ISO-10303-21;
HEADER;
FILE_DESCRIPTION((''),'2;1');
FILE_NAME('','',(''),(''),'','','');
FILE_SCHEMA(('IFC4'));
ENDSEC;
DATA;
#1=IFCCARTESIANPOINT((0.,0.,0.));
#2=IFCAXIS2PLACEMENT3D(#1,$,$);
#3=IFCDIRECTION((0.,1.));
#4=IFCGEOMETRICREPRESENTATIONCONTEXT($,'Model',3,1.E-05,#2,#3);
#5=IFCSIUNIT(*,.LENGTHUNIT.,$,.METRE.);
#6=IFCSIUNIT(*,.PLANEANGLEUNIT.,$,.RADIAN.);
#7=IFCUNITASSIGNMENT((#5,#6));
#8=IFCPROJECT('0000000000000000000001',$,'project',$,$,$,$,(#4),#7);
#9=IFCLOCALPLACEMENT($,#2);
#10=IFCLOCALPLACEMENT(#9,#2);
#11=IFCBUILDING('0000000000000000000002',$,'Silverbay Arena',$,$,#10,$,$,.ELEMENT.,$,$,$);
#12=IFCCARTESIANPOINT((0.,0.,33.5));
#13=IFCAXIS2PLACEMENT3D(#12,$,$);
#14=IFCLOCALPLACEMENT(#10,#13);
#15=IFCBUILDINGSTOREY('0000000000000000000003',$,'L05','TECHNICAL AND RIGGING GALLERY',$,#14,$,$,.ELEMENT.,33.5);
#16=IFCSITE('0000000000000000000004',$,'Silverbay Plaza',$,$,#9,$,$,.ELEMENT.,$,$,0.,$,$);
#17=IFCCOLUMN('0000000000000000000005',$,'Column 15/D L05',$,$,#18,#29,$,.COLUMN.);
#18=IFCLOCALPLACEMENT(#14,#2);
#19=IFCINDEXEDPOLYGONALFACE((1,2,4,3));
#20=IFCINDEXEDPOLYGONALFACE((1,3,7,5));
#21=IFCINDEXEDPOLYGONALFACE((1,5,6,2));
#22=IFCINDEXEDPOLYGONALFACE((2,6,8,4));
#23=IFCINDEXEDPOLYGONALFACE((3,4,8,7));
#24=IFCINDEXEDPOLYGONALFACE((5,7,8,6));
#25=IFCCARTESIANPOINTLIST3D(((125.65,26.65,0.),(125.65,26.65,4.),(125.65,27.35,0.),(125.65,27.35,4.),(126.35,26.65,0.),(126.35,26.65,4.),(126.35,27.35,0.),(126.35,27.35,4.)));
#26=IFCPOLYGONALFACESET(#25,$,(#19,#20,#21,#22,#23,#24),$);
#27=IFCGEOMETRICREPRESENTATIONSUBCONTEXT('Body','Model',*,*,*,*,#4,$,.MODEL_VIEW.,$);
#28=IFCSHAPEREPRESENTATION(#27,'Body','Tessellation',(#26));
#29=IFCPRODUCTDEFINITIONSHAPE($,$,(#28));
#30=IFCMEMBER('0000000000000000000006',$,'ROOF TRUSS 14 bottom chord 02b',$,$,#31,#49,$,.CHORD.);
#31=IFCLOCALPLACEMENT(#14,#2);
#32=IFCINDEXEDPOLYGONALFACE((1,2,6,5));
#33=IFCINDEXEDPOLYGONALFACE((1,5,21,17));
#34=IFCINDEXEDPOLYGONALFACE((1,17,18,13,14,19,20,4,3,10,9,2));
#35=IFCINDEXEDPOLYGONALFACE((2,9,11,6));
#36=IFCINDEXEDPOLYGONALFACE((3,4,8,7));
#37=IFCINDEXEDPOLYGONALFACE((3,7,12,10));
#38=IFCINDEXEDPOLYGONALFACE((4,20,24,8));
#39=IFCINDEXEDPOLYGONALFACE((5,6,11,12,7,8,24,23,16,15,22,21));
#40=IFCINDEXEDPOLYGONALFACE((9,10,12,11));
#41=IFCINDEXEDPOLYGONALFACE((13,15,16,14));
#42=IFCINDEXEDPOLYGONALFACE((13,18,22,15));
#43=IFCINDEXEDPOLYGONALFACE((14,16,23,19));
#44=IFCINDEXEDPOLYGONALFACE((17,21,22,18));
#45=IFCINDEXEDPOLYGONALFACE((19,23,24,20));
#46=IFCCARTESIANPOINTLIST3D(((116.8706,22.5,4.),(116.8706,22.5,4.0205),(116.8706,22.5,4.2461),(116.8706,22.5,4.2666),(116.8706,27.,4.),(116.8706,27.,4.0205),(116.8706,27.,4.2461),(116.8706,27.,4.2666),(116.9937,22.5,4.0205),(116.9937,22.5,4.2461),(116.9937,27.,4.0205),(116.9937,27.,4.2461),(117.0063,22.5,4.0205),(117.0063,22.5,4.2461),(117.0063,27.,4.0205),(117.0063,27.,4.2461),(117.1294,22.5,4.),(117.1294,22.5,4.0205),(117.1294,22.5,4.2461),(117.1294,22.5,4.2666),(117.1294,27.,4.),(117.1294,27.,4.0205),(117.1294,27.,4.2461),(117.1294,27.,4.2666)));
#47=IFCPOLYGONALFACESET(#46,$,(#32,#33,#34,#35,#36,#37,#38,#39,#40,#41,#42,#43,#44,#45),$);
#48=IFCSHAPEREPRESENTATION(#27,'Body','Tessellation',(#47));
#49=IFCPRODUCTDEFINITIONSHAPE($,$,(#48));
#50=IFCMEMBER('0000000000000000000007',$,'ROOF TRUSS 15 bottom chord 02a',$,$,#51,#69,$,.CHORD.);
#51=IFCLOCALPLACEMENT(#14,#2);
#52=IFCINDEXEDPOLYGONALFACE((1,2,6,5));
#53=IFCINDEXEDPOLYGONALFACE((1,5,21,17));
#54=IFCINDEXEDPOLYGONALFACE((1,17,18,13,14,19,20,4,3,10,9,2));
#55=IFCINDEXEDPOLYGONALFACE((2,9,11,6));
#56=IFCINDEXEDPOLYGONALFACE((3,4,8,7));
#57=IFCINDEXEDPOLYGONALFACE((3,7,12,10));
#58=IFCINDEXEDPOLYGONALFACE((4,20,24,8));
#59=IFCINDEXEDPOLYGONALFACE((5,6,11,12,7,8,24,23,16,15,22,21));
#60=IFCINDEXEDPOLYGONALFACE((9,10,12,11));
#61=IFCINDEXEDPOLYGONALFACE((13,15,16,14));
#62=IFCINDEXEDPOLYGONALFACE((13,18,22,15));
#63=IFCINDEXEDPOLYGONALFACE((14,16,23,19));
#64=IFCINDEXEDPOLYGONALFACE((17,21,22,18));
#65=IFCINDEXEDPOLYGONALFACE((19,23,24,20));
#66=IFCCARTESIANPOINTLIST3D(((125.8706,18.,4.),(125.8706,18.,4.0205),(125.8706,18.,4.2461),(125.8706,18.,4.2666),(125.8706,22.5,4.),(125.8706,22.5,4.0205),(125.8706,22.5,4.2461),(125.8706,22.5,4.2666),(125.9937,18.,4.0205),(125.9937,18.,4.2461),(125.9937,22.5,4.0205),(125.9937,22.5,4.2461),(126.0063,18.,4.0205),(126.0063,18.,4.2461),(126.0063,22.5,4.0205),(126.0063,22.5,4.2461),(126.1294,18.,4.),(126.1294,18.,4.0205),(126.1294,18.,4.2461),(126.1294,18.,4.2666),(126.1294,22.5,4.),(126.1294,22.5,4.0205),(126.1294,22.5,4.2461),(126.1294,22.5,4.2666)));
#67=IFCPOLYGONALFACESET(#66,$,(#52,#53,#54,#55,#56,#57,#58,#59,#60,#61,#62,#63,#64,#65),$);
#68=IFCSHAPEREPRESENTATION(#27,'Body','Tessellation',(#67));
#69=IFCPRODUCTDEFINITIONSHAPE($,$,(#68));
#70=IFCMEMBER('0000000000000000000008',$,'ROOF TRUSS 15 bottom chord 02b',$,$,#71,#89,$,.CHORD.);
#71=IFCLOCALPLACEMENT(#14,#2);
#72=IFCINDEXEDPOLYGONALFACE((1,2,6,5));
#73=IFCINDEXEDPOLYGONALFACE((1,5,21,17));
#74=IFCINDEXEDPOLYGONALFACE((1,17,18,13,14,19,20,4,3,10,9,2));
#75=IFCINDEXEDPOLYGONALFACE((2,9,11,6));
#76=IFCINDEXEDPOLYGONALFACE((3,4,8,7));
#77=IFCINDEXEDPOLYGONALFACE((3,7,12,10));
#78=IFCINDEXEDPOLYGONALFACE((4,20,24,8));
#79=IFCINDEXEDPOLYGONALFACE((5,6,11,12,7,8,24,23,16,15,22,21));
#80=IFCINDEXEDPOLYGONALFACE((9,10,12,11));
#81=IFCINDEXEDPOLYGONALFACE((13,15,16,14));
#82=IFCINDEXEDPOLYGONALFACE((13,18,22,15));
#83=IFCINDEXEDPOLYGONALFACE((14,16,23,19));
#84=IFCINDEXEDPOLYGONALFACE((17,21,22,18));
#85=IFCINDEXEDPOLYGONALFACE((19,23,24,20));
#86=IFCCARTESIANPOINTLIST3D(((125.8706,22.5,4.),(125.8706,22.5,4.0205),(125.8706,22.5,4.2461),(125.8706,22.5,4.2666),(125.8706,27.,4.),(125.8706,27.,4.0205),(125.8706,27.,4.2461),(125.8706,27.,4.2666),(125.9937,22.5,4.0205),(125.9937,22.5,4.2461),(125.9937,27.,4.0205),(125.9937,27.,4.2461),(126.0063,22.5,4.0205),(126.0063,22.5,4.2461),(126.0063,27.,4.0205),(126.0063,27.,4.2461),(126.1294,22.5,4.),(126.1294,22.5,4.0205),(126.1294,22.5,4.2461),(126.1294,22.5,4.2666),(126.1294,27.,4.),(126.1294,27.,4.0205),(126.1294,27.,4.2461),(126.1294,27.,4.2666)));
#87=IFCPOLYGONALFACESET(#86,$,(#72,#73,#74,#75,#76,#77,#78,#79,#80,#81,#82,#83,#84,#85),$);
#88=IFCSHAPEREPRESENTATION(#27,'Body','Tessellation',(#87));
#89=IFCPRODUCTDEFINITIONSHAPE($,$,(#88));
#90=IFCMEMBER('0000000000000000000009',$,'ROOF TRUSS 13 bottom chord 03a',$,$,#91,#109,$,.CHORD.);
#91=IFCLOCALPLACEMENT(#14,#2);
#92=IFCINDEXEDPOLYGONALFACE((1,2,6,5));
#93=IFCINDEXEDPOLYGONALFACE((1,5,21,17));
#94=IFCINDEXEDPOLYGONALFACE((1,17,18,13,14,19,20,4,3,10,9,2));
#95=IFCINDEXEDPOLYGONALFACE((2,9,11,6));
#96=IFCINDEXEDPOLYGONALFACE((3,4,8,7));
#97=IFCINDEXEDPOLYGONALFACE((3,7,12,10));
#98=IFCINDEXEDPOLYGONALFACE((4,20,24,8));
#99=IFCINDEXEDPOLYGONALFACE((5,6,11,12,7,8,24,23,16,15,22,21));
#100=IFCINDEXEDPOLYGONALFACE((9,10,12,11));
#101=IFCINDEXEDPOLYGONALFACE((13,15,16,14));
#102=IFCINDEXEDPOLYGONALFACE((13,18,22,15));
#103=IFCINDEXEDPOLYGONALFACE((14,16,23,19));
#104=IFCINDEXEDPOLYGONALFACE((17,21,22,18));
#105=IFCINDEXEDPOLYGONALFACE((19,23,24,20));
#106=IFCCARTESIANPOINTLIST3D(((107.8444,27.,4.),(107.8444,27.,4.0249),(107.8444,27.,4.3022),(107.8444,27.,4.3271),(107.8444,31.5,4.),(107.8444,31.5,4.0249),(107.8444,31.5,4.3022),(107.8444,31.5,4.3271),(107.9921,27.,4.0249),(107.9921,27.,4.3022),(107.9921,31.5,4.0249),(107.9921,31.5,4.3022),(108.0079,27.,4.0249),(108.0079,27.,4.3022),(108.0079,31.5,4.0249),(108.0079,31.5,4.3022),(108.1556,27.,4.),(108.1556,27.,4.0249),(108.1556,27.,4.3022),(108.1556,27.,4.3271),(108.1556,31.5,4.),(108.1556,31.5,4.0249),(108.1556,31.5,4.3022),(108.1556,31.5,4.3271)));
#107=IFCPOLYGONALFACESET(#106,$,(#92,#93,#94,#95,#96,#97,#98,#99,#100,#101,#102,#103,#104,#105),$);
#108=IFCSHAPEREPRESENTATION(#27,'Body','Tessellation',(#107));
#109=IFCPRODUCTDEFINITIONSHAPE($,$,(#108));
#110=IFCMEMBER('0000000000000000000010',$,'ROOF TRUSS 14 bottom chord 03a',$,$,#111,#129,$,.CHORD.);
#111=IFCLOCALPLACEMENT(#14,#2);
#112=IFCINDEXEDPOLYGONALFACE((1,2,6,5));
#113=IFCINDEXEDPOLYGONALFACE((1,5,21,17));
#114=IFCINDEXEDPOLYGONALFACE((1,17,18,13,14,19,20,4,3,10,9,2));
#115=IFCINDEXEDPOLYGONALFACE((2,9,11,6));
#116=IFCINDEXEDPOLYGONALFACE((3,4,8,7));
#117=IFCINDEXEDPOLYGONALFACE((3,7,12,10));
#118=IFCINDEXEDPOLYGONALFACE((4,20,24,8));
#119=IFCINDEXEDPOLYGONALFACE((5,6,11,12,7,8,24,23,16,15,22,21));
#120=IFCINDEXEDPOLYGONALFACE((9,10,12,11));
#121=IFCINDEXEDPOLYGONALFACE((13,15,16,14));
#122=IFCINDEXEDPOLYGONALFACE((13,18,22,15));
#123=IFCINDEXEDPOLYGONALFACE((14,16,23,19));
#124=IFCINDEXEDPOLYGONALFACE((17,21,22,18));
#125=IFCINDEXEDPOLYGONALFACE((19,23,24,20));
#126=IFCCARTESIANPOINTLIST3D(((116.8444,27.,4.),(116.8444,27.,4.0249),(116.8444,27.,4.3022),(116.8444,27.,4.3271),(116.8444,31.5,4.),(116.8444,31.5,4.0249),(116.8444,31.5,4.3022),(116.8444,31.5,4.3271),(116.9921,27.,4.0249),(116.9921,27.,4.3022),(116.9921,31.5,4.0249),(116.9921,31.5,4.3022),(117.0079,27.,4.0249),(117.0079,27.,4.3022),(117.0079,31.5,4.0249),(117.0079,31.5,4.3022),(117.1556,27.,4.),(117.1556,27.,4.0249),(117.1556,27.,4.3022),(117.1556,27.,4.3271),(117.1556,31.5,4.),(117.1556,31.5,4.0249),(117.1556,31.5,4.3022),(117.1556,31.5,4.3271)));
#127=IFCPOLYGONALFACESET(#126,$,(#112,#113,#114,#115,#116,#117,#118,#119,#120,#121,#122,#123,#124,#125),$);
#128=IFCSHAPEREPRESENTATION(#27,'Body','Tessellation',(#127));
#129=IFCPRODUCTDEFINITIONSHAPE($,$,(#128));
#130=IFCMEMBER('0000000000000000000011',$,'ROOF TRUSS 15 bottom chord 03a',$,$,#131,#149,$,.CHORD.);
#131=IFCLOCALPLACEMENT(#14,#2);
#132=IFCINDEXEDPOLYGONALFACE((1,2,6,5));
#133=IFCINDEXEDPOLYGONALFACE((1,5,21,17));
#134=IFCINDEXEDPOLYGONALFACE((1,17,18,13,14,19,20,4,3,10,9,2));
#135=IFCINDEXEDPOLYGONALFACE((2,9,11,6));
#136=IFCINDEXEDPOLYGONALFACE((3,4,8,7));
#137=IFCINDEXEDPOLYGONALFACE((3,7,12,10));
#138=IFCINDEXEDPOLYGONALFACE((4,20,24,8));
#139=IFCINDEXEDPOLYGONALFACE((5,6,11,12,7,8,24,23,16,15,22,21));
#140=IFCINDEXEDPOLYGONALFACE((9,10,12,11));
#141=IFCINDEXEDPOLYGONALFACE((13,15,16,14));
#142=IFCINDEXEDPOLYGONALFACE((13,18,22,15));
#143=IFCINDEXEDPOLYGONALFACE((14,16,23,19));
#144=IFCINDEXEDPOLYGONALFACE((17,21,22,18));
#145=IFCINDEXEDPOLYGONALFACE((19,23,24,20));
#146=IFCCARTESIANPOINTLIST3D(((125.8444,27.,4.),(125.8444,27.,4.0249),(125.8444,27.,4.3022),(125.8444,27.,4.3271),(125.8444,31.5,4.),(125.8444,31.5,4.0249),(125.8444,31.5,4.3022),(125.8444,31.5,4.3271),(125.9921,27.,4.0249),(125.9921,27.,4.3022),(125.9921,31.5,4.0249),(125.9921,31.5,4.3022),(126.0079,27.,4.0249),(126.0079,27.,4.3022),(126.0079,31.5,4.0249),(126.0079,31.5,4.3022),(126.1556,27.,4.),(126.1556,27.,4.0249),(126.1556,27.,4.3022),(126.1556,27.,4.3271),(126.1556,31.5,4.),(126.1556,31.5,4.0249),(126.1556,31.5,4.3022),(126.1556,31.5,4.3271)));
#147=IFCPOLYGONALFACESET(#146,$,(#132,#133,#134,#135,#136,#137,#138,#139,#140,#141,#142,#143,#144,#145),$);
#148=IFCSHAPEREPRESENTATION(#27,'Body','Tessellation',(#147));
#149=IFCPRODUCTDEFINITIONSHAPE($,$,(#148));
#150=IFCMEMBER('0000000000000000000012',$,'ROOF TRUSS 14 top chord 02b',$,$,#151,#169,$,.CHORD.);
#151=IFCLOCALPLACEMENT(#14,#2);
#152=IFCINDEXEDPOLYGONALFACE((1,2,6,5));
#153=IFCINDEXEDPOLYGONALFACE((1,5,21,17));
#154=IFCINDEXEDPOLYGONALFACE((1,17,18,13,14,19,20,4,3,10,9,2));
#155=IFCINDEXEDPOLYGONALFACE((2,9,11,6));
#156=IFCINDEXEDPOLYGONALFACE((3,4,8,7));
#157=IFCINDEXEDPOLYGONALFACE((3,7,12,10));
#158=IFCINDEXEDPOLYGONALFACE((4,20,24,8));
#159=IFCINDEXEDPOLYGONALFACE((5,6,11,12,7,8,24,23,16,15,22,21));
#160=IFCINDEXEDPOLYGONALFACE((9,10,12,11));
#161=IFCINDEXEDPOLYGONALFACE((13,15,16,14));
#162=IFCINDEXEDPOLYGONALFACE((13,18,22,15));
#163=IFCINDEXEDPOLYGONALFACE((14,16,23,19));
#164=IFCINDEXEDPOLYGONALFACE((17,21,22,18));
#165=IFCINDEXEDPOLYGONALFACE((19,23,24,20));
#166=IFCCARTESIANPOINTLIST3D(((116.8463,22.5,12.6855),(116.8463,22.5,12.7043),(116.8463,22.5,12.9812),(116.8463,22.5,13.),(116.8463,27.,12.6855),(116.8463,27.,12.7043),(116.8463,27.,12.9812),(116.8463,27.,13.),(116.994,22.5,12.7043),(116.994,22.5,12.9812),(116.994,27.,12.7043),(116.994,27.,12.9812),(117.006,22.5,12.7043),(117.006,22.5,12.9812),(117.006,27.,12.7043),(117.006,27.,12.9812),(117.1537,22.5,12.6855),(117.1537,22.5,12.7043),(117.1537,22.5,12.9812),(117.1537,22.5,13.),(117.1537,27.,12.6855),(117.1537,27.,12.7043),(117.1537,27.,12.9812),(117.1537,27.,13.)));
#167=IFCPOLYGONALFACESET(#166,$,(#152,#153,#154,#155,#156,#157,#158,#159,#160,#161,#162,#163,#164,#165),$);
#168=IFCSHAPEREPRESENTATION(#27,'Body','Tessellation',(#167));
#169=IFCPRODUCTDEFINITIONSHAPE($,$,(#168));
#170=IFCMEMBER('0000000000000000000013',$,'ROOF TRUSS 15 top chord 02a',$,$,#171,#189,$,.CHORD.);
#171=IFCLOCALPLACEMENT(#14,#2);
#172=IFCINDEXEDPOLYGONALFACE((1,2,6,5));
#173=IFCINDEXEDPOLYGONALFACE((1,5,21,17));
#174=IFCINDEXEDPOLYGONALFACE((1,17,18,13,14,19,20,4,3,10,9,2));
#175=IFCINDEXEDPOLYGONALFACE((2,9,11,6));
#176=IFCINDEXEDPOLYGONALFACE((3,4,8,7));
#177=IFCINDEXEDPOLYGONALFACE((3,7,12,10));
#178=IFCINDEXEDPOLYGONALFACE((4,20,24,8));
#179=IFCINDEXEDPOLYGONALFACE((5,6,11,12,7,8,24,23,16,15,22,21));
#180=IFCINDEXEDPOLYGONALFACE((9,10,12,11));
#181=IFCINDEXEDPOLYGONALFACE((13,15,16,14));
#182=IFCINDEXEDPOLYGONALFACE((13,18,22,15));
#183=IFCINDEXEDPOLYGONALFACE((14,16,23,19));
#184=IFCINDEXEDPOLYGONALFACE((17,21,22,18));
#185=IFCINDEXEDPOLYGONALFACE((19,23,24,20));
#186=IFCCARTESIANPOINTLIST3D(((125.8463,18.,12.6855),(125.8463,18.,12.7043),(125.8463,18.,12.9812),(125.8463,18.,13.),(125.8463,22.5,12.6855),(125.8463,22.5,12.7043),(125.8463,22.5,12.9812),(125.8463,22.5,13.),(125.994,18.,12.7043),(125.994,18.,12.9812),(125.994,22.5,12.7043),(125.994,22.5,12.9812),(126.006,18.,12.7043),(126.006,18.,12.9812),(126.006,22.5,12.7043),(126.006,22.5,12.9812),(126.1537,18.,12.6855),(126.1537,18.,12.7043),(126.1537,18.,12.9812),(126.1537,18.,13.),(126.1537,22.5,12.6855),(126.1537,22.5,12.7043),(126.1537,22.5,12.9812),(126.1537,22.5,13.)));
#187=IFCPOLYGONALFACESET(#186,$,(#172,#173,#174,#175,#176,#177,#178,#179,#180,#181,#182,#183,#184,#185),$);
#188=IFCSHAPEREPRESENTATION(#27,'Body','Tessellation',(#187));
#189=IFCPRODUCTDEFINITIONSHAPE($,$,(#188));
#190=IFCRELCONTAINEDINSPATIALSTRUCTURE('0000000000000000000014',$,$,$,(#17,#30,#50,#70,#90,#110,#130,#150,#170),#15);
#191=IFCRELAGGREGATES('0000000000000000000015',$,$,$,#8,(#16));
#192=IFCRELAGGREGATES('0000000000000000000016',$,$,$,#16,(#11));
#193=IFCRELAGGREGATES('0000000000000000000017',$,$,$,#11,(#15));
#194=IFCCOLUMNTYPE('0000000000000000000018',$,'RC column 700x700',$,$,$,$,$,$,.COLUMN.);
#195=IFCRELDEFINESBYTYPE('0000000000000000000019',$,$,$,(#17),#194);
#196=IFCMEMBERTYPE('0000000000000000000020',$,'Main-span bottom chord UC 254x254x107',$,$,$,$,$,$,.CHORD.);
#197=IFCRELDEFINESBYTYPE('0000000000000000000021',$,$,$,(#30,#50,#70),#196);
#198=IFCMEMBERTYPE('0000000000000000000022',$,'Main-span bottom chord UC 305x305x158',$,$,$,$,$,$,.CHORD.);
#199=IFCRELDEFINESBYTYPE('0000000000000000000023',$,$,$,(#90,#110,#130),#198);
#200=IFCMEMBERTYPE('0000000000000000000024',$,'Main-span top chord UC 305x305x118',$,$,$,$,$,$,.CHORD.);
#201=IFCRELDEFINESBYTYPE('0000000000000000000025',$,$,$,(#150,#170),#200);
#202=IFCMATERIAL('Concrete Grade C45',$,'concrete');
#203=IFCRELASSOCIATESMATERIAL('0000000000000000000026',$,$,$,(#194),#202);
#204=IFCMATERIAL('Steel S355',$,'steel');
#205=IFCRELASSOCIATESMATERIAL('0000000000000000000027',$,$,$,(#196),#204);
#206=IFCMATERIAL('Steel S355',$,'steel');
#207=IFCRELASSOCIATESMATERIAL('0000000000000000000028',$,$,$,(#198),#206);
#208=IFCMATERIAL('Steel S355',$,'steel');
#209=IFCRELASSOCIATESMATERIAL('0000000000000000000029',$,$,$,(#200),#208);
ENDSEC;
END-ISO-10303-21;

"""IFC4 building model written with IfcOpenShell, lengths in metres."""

from ifc_helpers import new_model, si_unit, direction, frame, origin, origin_2d, place, context, subcontext, project, spatial, rectangle, i_section, extrude, material, material_profile, profile_set, type_object, element, save


model = new_model("IFC4")

# Units and contexts
model_context = context("Model", 3, precision=1e-05, world=origin(), true_north=direction((0.0, 1.0)))
body_context = subcontext(model_context, "Body", "Model", "MODEL_VIEW")
ifc_project = project(units=[si_unit("LENGTHUNIT", "METRE"), si_unit("PLANEANGLEUNIT", "RADIAN")], contexts=[model_context])

# Site, building, storey
site_placement = place(None, origin())
site = spatial("IfcSite", under=ifc_project, at=site_placement, Name="Silverbay Plaza", CompositionType="ELEMENT", RefElevation=0.0)
building_placement = place(site_placement, origin())
building = spatial("IfcBuilding", under=site, at=building_placement, Name="Silverbay Arena", CompositionType="ELEMENT")
storey_placement = place(building_placement, frame((0.0, 0.0, 33.5)))
storey = spatial("IfcBuildingStorey", under=building, at=storey_placement, Name="L05", Description="TECHNICAL AND RIGGING GALLERY", CompositionType="ELEMENT", Elevation=33.5)

# Column
ifc_material_1 = material(Name="Concrete Grade C45", Category="concrete")
ifc_material_profile_1 = material_profile(ifc_material_1, rectangle(XDim=0.7, YDim=0.7, at=origin_2d()), Name="RC 700x700")
ifc_profile_set_1 = profile_set([ifc_material_profile_1], Name="Concrete Grade C45")
column_type = type_object("IfcColumnType", Name="RC column 700x700", PredefinedType="COLUMN", material=ifc_profile_set_1)
column_placement = place(storey_placement, frame((126.0, 27.0, 0.0), z_axis=(0.0, 0.0, 1.0), x_axis=(1.0, 0.0, 0.0)))
element("IfcColumn", 1, at=column_placement, inside=storey, type_object=column_type, Name="Column 15/D L05", PredefinedType="COLUMN", context=body_context, shape_type="SweptSolid", body=[
    extrude(rectangle(XDim=0.7, YDim=0.7, at=origin_2d()), origin(), (0.0, 0.0, 1.0), 4.0),
])

# Members
ifc_material_2 = material(Name="Steel S355", Category="steel")
ifc_material_profile_2 = material_profile(ifc_material_2, i_section(OverallWidth=0.2588, OverallDepth=0.2666, WebThickness=0.0127, FlangeThickness=0.0205, at=origin_2d()), Name="UC 254x254x107")
ifc_profile_set_2 = profile_set([ifc_material_profile_2], Name="Steel S355")
member_type_1 = type_object("IfcMemberType", Name="Main-span bottom chord UC 254x254x107", PredefinedType="CHORD", material=ifc_profile_set_2)
for number, where, z_axis, x_axis, name in (
    (2, (117.0, 22.5, 4.1333), (0.0, 1.0, 0.0), (-1.0, 0.0, 0.0), "ROOF TRUSS 14 bottom chord 02b"),
    (3, (126.0, 18.0, 4.1333), (0.0, 1.0, 0.0), (-1.0, 0.0, 0.0), "ROOF TRUSS 15 bottom chord 02a"),
    (4, (126.0, 22.5, 4.1333), (0.0, 1.0, 0.0), (-1.0, 0.0, 0.0), "ROOF TRUSS 15 bottom chord 02b"),
):
    element("IfcMember", number, at=place(storey_placement, frame(where, z_axis=z_axis, x_axis=x_axis)), inside=storey, type_object=member_type_1, Name=name, PredefinedType="CHORD", context=body_context, shape_type="SweptSolid", body=[
        extrude(i_section(OverallWidth=0.2588, OverallDepth=0.2666, WebThickness=0.0127, FlangeThickness=0.0205, at=origin_2d()), origin(), (0.0, 0.0, 1.0), 4.5),
    ])
ifc_material_3 = material(Name="Steel S355", Category="steel")
ifc_material_profile_3 = material_profile(ifc_material_3, i_section(OverallWidth=0.3113, OverallDepth=0.3271, WebThickness=0.0159, FlangeThickness=0.0249, at=origin_2d()), Name="UC 305x305x158")
ifc_profile_set_3 = profile_set([ifc_material_profile_3], Name="Steel S355")
member_type_2 = type_object("IfcMemberType", Name="Main-span bottom chord UC 305x305x158", PredefinedType="CHORD", material=ifc_profile_set_3)
for number, where, z_axis, x_axis, name in (
    (5, (108.0, 27.0, 4.1636), (0.0, 1.0, 0.0), (-1.0, 0.0, 0.0), "ROOF TRUSS 13 bottom chord 03a"),
    (6, (117.0, 27.0, 4.1636), (0.0, 1.0, 0.0), (-1.0, 0.0, 0.0), "ROOF TRUSS 14 bottom chord 03a"),
    (7, (126.0, 27.0, 4.1636), (0.0, 1.0, 0.0), (-1.0, 0.0, 0.0), "ROOF TRUSS 15 bottom chord 03a"),
):
    element("IfcMember", number, at=place(storey_placement, frame(where, z_axis=z_axis, x_axis=x_axis)), inside=storey, type_object=member_type_2, Name=name, PredefinedType="CHORD", context=body_context, shape_type="SweptSolid", body=[
        extrude(i_section(OverallWidth=0.3113, OverallDepth=0.3271, WebThickness=0.0159, FlangeThickness=0.0249, at=origin_2d()), origin(), (0.0, 0.0, 1.0), 4.5),
    ])
ifc_material_4 = material(Name="Steel S355", Category="steel")
ifc_material_profile_4 = material_profile(ifc_material_4, i_section(OverallWidth=0.3074, OverallDepth=0.3145, WebThickness=0.012, FlangeThickness=0.0188, at=origin_2d()), Name="UC 305x305x118")
ifc_profile_set_4 = profile_set([ifc_material_profile_4], Name="Steel S355")
member_type_3 = type_object("IfcMemberType", Name="Main-span top chord UC 305x305x118", PredefinedType="CHORD", material=ifc_profile_set_4)
for number, where, z_axis, x_axis, name in (
    (8, (117.0, 22.5, 12.8428), (0.0, 1.0, 0.0), (-1.0, 0.0, 0.0), "ROOF TRUSS 14 top chord 02b"),
    (9, (126.0, 18.0, 12.8428), (0.0, 1.0, 0.0), (-1.0, 0.0, 0.0), "ROOF TRUSS 15 top chord 02a"),
):
    element("IfcMember", number, at=place(storey_placement, frame(where, z_axis=z_axis, x_axis=x_axis)), inside=storey, type_object=member_type_3, Name=name, PredefinedType="CHORD", context=body_context, shape_type="SweptSolid", body=[
        extrude(i_section(OverallWidth=0.3074, OverallDepth=0.3145, WebThickness=0.012, FlangeThickness=0.0188, at=origin_2d()), origin(), (0.0, 0.0, 1.0), 4.5),
    ])

save(model, "model.ifc")
